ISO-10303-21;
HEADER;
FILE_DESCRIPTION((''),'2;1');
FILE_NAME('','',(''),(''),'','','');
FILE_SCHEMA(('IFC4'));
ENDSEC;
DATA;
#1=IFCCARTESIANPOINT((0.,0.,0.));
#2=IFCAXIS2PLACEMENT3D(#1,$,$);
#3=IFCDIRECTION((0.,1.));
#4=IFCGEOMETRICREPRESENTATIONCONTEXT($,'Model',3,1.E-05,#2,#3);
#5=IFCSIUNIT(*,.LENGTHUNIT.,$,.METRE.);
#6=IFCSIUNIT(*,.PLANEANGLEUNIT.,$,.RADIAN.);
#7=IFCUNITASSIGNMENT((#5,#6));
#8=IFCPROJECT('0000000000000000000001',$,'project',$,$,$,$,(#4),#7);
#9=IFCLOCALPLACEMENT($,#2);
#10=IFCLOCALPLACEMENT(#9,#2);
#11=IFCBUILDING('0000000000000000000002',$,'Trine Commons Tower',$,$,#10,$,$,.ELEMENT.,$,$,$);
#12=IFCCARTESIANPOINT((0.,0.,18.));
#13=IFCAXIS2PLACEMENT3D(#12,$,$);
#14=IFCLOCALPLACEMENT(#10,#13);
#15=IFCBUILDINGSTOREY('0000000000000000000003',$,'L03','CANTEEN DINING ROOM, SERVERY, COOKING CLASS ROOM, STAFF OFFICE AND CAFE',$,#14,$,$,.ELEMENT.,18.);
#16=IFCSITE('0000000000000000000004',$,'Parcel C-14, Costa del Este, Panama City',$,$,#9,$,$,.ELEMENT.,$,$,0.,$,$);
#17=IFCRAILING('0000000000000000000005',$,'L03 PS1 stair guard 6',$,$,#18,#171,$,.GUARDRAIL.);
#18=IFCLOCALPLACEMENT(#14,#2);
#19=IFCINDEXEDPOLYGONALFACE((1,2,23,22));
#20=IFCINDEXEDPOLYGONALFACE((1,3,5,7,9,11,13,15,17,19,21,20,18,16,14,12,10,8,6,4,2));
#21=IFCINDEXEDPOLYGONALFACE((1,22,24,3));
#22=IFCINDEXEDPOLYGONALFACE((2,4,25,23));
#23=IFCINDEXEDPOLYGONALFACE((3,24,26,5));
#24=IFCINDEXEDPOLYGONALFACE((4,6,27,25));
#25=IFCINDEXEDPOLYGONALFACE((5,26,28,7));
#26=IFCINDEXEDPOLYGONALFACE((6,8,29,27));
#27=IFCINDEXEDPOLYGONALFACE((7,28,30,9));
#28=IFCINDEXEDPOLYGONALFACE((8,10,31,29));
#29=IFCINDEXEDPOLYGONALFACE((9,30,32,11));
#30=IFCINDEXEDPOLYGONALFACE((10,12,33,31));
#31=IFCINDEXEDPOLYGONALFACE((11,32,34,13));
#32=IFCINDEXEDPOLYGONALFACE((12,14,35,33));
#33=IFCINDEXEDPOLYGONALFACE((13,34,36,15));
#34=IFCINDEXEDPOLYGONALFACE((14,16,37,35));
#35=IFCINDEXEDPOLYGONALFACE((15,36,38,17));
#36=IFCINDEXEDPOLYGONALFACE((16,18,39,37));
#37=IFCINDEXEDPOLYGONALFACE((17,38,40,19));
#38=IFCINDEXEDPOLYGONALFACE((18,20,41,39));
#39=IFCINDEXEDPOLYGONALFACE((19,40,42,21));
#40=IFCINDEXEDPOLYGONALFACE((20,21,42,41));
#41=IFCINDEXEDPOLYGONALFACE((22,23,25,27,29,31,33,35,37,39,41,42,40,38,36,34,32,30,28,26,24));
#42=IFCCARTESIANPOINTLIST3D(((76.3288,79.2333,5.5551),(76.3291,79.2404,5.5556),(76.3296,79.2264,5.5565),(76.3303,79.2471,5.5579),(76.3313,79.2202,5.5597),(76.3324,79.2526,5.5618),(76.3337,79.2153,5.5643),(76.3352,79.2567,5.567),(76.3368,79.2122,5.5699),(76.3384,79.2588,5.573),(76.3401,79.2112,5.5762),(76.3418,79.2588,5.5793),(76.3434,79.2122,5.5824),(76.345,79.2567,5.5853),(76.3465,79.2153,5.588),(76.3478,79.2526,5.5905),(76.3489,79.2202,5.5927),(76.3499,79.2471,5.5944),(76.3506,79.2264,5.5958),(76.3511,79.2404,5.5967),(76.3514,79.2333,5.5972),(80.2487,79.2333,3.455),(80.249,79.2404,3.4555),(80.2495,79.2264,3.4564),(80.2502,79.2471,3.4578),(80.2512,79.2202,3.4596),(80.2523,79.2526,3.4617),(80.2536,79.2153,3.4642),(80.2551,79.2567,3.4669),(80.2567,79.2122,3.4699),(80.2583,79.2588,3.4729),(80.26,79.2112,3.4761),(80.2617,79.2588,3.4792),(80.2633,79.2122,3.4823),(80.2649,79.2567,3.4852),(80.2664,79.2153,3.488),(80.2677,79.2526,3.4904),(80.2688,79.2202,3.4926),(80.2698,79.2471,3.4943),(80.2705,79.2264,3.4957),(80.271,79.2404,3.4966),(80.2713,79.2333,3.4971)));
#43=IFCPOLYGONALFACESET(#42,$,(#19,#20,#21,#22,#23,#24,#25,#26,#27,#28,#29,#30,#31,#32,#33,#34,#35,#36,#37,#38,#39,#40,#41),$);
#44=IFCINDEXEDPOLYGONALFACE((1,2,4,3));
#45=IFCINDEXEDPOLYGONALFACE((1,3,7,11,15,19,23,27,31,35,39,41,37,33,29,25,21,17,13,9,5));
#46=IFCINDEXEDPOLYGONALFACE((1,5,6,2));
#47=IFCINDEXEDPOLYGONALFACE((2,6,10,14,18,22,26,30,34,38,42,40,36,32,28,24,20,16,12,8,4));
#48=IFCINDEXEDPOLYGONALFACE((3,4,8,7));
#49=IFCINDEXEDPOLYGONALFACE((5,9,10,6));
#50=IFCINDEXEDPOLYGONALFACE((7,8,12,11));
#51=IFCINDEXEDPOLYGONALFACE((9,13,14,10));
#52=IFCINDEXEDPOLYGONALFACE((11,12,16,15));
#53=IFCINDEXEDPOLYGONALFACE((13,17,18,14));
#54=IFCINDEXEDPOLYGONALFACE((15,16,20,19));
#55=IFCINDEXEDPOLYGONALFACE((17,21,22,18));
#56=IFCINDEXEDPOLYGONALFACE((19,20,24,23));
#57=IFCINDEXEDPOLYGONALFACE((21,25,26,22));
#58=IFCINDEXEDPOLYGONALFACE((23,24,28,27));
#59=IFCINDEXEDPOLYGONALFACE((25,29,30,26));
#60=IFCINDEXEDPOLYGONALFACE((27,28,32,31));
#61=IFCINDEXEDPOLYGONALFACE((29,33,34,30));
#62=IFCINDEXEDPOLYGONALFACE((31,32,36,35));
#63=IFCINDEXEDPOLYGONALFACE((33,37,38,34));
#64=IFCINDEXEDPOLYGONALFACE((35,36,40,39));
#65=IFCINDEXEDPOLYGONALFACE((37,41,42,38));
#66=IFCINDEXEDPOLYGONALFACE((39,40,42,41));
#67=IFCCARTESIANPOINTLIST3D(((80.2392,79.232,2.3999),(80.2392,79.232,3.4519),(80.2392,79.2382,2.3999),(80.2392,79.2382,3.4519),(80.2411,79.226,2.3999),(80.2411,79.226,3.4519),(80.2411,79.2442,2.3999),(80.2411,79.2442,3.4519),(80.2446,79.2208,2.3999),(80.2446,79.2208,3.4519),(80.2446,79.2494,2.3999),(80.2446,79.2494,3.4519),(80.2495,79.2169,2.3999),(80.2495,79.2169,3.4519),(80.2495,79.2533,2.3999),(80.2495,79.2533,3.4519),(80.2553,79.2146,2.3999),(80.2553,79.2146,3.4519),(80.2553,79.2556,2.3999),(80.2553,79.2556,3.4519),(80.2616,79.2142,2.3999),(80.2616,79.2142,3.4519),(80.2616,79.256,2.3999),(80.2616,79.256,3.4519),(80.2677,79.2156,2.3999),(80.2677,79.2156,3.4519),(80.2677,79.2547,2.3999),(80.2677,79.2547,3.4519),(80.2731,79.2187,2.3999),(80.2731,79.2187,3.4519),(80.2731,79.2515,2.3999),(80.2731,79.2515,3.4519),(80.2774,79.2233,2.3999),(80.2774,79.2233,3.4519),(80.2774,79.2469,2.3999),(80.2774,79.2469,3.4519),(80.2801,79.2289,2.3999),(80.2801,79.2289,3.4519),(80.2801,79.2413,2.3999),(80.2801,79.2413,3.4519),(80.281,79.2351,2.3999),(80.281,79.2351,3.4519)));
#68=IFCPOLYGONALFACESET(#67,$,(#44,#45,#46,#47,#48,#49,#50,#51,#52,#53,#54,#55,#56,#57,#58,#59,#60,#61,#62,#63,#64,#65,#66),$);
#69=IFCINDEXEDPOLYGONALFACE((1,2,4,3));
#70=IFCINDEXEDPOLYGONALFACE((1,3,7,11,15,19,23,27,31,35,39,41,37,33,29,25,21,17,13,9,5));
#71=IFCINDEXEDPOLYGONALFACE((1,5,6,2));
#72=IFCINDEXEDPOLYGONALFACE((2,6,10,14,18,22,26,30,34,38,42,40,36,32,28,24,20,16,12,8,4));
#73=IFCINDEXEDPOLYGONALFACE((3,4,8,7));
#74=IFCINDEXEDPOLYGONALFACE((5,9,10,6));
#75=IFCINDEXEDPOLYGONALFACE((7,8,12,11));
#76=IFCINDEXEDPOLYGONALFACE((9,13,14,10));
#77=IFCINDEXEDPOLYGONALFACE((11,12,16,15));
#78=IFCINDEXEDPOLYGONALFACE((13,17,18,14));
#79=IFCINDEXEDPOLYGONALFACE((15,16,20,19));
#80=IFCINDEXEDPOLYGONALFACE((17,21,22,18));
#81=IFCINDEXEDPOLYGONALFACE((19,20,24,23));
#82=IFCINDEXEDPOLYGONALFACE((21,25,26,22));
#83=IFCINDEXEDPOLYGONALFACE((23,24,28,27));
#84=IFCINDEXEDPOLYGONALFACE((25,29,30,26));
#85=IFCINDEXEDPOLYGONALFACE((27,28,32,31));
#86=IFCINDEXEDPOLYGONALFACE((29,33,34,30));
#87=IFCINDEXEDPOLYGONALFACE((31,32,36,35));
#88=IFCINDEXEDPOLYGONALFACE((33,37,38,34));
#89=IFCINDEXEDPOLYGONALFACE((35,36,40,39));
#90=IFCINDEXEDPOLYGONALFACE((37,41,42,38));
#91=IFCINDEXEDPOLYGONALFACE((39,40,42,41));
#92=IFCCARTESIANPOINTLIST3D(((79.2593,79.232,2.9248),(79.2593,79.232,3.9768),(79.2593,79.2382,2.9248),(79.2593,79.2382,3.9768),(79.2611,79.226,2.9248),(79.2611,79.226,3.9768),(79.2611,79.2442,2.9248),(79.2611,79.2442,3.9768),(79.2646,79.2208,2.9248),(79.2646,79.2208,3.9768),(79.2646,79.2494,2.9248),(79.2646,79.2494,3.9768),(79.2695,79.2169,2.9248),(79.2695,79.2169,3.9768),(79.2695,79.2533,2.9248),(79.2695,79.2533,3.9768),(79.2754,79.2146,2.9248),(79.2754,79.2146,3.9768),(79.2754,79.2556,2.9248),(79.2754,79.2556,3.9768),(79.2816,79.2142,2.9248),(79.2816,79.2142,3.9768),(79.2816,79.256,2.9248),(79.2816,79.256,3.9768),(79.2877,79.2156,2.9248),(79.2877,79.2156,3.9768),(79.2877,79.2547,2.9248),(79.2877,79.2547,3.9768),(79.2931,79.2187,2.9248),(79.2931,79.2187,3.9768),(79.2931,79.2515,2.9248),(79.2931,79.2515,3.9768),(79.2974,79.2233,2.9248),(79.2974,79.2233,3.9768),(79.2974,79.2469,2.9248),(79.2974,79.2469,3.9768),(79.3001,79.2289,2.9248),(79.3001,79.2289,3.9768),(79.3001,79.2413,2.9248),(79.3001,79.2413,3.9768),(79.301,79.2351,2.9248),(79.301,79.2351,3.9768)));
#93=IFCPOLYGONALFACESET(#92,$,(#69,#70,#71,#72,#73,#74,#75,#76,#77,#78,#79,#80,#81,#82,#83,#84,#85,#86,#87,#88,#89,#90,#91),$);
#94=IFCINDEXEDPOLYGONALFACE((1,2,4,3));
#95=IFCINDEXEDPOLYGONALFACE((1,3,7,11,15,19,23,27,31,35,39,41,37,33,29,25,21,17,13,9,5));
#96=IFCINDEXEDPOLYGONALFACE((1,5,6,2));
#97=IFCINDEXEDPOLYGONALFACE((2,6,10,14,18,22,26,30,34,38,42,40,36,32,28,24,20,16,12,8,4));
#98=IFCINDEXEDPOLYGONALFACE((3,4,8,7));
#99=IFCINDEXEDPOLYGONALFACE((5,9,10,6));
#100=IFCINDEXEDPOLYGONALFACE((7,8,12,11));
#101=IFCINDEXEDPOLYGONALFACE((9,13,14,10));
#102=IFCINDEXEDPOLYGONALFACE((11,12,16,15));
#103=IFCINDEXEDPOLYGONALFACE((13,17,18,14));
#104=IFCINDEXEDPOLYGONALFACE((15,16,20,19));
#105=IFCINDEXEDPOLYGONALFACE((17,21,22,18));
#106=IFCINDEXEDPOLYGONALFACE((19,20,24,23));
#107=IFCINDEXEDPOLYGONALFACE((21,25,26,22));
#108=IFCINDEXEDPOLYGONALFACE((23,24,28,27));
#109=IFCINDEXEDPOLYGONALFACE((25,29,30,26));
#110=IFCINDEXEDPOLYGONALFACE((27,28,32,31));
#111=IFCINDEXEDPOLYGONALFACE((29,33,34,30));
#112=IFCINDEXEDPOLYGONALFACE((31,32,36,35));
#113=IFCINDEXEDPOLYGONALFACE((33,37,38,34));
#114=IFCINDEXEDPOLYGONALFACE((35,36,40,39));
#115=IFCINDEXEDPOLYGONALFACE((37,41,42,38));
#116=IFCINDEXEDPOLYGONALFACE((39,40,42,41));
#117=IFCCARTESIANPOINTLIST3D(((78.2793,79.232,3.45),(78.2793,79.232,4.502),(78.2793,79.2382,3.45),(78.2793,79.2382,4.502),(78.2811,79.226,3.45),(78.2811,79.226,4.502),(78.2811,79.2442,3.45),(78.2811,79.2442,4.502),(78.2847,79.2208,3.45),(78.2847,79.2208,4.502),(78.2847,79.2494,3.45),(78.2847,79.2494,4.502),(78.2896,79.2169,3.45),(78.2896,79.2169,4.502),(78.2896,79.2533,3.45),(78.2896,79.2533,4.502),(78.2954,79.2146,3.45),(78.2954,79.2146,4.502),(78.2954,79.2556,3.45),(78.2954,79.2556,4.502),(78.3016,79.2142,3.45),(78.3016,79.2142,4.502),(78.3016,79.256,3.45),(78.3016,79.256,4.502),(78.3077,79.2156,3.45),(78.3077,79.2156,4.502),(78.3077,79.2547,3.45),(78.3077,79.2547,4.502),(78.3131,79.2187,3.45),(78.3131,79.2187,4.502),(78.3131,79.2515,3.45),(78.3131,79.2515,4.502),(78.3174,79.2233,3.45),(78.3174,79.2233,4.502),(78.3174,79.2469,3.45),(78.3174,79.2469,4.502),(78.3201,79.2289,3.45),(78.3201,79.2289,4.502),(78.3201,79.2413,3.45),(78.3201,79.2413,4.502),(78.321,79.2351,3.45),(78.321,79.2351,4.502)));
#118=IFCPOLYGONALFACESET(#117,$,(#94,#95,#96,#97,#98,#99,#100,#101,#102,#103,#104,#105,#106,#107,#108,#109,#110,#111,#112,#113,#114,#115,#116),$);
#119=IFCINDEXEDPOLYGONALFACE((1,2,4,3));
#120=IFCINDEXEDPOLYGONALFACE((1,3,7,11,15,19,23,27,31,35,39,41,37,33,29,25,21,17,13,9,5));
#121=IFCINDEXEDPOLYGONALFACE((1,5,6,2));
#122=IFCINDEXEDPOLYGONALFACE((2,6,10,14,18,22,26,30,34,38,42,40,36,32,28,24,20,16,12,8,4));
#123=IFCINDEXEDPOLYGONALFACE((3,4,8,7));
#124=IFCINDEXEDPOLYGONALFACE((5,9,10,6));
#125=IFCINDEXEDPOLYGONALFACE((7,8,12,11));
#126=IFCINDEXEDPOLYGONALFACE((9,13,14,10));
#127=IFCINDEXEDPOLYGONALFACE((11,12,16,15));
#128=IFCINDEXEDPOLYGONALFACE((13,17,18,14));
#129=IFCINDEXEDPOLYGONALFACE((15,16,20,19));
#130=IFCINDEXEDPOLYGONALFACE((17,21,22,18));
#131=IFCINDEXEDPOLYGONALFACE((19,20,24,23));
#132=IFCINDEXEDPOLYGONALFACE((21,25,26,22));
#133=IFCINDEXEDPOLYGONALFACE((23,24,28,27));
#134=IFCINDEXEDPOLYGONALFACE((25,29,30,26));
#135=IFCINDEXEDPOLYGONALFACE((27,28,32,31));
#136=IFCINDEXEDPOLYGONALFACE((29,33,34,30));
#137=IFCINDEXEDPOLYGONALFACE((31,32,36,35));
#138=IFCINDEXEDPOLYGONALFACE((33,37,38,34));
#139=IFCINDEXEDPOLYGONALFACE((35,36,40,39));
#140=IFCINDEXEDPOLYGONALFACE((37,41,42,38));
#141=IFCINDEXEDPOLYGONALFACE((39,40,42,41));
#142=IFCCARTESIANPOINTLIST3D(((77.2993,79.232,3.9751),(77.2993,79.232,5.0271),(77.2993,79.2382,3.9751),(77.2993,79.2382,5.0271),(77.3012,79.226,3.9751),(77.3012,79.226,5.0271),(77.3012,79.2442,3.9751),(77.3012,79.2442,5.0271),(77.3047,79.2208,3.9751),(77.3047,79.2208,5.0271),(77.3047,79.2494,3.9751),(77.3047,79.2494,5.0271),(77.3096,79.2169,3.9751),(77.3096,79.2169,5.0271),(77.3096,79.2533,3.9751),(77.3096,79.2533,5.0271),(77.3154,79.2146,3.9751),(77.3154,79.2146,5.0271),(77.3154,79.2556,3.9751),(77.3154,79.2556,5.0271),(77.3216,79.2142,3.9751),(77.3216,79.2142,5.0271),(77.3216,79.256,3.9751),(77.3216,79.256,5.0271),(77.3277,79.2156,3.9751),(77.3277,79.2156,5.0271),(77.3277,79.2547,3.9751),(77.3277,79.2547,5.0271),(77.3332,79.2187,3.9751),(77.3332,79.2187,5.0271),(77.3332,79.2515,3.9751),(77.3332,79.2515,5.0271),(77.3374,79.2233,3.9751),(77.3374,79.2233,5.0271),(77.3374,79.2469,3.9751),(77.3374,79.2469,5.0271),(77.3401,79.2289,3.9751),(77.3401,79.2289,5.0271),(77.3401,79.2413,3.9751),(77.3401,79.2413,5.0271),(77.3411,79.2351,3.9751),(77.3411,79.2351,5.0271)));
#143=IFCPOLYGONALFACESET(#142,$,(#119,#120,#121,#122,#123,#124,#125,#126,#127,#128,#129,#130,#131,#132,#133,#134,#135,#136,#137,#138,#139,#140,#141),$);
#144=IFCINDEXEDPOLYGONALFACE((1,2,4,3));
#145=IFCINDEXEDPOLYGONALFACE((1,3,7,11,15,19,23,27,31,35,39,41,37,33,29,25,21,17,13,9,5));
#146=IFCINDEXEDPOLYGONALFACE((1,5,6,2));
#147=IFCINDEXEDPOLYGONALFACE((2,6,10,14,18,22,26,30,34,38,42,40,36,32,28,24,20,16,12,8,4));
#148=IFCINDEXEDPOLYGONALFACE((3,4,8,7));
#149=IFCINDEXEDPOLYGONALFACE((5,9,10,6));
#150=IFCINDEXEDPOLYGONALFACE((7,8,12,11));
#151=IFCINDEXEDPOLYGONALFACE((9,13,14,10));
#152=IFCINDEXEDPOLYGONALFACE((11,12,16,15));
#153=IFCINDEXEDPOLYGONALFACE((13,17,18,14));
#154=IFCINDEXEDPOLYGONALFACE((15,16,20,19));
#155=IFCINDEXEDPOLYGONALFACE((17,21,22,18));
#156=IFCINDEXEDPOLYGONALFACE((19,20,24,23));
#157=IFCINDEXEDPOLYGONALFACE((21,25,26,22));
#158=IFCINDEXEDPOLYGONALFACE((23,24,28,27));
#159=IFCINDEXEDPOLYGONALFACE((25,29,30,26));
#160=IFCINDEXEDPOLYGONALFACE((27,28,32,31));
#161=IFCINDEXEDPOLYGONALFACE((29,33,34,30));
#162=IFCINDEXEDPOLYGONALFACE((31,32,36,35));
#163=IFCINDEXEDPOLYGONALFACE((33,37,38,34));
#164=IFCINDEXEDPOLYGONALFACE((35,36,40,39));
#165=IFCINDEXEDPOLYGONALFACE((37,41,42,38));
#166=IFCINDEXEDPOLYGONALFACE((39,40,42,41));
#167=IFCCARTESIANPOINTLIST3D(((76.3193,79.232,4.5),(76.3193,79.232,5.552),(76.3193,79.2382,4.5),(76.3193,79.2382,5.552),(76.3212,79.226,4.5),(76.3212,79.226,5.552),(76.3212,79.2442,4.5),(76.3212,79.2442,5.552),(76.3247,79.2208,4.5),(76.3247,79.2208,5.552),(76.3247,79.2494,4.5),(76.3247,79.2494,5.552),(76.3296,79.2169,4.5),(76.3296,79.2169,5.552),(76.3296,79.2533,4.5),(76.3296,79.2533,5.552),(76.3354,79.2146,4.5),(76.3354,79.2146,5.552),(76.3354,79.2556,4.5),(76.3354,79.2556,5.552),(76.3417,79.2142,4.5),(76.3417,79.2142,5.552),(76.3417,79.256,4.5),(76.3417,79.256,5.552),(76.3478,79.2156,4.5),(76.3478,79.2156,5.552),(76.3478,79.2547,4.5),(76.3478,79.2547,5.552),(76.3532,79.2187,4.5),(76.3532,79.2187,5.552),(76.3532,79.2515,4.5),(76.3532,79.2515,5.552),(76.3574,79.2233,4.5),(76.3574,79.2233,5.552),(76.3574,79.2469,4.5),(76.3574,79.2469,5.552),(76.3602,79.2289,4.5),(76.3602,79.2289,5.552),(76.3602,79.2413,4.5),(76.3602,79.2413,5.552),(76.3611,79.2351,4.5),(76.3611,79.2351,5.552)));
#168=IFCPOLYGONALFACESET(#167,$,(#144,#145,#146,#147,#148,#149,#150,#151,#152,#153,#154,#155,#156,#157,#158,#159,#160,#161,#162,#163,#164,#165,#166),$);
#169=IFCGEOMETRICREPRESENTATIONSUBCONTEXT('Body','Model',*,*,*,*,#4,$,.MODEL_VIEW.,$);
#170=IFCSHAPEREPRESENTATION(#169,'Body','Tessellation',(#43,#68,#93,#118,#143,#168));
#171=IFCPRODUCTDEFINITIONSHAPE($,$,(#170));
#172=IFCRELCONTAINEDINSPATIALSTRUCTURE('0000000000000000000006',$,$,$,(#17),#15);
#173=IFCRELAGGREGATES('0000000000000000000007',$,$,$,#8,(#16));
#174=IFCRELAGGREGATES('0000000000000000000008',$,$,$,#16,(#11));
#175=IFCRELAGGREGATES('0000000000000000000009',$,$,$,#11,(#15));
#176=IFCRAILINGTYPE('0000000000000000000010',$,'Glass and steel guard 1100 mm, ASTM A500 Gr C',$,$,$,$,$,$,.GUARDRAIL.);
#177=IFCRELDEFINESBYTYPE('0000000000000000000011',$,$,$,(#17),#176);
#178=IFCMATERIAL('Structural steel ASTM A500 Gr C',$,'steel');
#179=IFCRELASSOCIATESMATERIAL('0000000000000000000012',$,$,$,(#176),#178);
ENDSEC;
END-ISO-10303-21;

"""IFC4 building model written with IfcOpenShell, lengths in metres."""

from ifc_helpers import new_model, si_unit, direction, frame, origin, origin_2d, place, context, subcontext, project, spatial, circle, extrude, material, type_object, element, save


model = new_model("IFC4")

# Units and contexts
model_context = context("Model", 3, precision=1e-05, world=origin(), true_north=direction((0.0, 1.0)))
body_context = subcontext(model_context, "Body", "Model", "MODEL_VIEW")
ifc_project = project(units=[si_unit("LENGTHUNIT", "METRE"), si_unit("PLANEANGLEUNIT", "RADIAN")], contexts=[model_context])

# Site, building, storey
site_placement = place(None, origin())
site = spatial("IfcSite", under=ifc_project, at=site_placement, Name="Parcel C-14, Costa del Este, Panama City", CompositionType="ELEMENT", RefElevation=0.0)
building_placement = place(site_placement, origin())
building = spatial("IfcBuilding", under=site, at=building_placement, Name="Trine Commons Tower", CompositionType="ELEMENT")
storey_placement = place(building_placement, frame((0.0, 0.0, 18.0)))
storey = spatial("IfcBuildingStorey", under=building, at=storey_placement, Name="L03", Description="CANTEEN DINING ROOM, SERVERY, COOKING CLASS ROOM, STAFF OFFICE AND CAFE", CompositionType="ELEMENT", Elevation=18.0)

# Railing
ifc_material_1 = material(Name="Structural steel ASTM A500 Gr C", Category="steel")
railing_type_1 = type_object("IfcRailingType", Name="Glass and steel guard 1100 mm, ASTM A500 Gr C", PredefinedType="GUARDRAIL", material=ifc_material_1)
railing_1_placement = place(storey_placement, frame((80.26, 79.2351, 2.3999)))
element("IfcRailing", 1, at=railing_1_placement, inside=storey, type_object=railing_type_1, Name="L03 PS1 stair guard 6", PredefinedType="GUARDRAIL", context=body_context, shape_type="SweptSolid", body=[
    extrude(circle(Radius=0.0239, at=origin_2d()), frame((0.0, 0.0, 1.0762), z_axis=(-0.881467, 0.0, 0.472246), x_axis=(0.0, -1.0, 0.0)), (0.0, 0.0, 1.0), 4.447),
    extrude(circle(Radius=0.021, at=origin_2d()), origin(), (0.0, 0.0, 1.0), 1.052),
    extrude(circle(Radius=0.021, at=origin_2d()), frame((-0.98, 0.0, 0.5249)), (0.0, 0.0, 1.0), 1.052),
    extrude(circle(Radius=0.021, at=origin_2d()), frame((-1.96, 0.0, 1.05)), (0.0, 0.0, 1.0), 1.052),
    extrude(circle(Radius=0.021, at=origin_2d()), frame((-2.9399, 0.0, 1.5752)), (0.0, 0.0, 1.0), 1.052),
    extrude(circle(Radius=0.021, at=origin_2d()), frame((-3.9199, 0.0, 2.1001)), (0.0, 0.0, 1.0), 1.052),
])

save(model, "model.ifc")
